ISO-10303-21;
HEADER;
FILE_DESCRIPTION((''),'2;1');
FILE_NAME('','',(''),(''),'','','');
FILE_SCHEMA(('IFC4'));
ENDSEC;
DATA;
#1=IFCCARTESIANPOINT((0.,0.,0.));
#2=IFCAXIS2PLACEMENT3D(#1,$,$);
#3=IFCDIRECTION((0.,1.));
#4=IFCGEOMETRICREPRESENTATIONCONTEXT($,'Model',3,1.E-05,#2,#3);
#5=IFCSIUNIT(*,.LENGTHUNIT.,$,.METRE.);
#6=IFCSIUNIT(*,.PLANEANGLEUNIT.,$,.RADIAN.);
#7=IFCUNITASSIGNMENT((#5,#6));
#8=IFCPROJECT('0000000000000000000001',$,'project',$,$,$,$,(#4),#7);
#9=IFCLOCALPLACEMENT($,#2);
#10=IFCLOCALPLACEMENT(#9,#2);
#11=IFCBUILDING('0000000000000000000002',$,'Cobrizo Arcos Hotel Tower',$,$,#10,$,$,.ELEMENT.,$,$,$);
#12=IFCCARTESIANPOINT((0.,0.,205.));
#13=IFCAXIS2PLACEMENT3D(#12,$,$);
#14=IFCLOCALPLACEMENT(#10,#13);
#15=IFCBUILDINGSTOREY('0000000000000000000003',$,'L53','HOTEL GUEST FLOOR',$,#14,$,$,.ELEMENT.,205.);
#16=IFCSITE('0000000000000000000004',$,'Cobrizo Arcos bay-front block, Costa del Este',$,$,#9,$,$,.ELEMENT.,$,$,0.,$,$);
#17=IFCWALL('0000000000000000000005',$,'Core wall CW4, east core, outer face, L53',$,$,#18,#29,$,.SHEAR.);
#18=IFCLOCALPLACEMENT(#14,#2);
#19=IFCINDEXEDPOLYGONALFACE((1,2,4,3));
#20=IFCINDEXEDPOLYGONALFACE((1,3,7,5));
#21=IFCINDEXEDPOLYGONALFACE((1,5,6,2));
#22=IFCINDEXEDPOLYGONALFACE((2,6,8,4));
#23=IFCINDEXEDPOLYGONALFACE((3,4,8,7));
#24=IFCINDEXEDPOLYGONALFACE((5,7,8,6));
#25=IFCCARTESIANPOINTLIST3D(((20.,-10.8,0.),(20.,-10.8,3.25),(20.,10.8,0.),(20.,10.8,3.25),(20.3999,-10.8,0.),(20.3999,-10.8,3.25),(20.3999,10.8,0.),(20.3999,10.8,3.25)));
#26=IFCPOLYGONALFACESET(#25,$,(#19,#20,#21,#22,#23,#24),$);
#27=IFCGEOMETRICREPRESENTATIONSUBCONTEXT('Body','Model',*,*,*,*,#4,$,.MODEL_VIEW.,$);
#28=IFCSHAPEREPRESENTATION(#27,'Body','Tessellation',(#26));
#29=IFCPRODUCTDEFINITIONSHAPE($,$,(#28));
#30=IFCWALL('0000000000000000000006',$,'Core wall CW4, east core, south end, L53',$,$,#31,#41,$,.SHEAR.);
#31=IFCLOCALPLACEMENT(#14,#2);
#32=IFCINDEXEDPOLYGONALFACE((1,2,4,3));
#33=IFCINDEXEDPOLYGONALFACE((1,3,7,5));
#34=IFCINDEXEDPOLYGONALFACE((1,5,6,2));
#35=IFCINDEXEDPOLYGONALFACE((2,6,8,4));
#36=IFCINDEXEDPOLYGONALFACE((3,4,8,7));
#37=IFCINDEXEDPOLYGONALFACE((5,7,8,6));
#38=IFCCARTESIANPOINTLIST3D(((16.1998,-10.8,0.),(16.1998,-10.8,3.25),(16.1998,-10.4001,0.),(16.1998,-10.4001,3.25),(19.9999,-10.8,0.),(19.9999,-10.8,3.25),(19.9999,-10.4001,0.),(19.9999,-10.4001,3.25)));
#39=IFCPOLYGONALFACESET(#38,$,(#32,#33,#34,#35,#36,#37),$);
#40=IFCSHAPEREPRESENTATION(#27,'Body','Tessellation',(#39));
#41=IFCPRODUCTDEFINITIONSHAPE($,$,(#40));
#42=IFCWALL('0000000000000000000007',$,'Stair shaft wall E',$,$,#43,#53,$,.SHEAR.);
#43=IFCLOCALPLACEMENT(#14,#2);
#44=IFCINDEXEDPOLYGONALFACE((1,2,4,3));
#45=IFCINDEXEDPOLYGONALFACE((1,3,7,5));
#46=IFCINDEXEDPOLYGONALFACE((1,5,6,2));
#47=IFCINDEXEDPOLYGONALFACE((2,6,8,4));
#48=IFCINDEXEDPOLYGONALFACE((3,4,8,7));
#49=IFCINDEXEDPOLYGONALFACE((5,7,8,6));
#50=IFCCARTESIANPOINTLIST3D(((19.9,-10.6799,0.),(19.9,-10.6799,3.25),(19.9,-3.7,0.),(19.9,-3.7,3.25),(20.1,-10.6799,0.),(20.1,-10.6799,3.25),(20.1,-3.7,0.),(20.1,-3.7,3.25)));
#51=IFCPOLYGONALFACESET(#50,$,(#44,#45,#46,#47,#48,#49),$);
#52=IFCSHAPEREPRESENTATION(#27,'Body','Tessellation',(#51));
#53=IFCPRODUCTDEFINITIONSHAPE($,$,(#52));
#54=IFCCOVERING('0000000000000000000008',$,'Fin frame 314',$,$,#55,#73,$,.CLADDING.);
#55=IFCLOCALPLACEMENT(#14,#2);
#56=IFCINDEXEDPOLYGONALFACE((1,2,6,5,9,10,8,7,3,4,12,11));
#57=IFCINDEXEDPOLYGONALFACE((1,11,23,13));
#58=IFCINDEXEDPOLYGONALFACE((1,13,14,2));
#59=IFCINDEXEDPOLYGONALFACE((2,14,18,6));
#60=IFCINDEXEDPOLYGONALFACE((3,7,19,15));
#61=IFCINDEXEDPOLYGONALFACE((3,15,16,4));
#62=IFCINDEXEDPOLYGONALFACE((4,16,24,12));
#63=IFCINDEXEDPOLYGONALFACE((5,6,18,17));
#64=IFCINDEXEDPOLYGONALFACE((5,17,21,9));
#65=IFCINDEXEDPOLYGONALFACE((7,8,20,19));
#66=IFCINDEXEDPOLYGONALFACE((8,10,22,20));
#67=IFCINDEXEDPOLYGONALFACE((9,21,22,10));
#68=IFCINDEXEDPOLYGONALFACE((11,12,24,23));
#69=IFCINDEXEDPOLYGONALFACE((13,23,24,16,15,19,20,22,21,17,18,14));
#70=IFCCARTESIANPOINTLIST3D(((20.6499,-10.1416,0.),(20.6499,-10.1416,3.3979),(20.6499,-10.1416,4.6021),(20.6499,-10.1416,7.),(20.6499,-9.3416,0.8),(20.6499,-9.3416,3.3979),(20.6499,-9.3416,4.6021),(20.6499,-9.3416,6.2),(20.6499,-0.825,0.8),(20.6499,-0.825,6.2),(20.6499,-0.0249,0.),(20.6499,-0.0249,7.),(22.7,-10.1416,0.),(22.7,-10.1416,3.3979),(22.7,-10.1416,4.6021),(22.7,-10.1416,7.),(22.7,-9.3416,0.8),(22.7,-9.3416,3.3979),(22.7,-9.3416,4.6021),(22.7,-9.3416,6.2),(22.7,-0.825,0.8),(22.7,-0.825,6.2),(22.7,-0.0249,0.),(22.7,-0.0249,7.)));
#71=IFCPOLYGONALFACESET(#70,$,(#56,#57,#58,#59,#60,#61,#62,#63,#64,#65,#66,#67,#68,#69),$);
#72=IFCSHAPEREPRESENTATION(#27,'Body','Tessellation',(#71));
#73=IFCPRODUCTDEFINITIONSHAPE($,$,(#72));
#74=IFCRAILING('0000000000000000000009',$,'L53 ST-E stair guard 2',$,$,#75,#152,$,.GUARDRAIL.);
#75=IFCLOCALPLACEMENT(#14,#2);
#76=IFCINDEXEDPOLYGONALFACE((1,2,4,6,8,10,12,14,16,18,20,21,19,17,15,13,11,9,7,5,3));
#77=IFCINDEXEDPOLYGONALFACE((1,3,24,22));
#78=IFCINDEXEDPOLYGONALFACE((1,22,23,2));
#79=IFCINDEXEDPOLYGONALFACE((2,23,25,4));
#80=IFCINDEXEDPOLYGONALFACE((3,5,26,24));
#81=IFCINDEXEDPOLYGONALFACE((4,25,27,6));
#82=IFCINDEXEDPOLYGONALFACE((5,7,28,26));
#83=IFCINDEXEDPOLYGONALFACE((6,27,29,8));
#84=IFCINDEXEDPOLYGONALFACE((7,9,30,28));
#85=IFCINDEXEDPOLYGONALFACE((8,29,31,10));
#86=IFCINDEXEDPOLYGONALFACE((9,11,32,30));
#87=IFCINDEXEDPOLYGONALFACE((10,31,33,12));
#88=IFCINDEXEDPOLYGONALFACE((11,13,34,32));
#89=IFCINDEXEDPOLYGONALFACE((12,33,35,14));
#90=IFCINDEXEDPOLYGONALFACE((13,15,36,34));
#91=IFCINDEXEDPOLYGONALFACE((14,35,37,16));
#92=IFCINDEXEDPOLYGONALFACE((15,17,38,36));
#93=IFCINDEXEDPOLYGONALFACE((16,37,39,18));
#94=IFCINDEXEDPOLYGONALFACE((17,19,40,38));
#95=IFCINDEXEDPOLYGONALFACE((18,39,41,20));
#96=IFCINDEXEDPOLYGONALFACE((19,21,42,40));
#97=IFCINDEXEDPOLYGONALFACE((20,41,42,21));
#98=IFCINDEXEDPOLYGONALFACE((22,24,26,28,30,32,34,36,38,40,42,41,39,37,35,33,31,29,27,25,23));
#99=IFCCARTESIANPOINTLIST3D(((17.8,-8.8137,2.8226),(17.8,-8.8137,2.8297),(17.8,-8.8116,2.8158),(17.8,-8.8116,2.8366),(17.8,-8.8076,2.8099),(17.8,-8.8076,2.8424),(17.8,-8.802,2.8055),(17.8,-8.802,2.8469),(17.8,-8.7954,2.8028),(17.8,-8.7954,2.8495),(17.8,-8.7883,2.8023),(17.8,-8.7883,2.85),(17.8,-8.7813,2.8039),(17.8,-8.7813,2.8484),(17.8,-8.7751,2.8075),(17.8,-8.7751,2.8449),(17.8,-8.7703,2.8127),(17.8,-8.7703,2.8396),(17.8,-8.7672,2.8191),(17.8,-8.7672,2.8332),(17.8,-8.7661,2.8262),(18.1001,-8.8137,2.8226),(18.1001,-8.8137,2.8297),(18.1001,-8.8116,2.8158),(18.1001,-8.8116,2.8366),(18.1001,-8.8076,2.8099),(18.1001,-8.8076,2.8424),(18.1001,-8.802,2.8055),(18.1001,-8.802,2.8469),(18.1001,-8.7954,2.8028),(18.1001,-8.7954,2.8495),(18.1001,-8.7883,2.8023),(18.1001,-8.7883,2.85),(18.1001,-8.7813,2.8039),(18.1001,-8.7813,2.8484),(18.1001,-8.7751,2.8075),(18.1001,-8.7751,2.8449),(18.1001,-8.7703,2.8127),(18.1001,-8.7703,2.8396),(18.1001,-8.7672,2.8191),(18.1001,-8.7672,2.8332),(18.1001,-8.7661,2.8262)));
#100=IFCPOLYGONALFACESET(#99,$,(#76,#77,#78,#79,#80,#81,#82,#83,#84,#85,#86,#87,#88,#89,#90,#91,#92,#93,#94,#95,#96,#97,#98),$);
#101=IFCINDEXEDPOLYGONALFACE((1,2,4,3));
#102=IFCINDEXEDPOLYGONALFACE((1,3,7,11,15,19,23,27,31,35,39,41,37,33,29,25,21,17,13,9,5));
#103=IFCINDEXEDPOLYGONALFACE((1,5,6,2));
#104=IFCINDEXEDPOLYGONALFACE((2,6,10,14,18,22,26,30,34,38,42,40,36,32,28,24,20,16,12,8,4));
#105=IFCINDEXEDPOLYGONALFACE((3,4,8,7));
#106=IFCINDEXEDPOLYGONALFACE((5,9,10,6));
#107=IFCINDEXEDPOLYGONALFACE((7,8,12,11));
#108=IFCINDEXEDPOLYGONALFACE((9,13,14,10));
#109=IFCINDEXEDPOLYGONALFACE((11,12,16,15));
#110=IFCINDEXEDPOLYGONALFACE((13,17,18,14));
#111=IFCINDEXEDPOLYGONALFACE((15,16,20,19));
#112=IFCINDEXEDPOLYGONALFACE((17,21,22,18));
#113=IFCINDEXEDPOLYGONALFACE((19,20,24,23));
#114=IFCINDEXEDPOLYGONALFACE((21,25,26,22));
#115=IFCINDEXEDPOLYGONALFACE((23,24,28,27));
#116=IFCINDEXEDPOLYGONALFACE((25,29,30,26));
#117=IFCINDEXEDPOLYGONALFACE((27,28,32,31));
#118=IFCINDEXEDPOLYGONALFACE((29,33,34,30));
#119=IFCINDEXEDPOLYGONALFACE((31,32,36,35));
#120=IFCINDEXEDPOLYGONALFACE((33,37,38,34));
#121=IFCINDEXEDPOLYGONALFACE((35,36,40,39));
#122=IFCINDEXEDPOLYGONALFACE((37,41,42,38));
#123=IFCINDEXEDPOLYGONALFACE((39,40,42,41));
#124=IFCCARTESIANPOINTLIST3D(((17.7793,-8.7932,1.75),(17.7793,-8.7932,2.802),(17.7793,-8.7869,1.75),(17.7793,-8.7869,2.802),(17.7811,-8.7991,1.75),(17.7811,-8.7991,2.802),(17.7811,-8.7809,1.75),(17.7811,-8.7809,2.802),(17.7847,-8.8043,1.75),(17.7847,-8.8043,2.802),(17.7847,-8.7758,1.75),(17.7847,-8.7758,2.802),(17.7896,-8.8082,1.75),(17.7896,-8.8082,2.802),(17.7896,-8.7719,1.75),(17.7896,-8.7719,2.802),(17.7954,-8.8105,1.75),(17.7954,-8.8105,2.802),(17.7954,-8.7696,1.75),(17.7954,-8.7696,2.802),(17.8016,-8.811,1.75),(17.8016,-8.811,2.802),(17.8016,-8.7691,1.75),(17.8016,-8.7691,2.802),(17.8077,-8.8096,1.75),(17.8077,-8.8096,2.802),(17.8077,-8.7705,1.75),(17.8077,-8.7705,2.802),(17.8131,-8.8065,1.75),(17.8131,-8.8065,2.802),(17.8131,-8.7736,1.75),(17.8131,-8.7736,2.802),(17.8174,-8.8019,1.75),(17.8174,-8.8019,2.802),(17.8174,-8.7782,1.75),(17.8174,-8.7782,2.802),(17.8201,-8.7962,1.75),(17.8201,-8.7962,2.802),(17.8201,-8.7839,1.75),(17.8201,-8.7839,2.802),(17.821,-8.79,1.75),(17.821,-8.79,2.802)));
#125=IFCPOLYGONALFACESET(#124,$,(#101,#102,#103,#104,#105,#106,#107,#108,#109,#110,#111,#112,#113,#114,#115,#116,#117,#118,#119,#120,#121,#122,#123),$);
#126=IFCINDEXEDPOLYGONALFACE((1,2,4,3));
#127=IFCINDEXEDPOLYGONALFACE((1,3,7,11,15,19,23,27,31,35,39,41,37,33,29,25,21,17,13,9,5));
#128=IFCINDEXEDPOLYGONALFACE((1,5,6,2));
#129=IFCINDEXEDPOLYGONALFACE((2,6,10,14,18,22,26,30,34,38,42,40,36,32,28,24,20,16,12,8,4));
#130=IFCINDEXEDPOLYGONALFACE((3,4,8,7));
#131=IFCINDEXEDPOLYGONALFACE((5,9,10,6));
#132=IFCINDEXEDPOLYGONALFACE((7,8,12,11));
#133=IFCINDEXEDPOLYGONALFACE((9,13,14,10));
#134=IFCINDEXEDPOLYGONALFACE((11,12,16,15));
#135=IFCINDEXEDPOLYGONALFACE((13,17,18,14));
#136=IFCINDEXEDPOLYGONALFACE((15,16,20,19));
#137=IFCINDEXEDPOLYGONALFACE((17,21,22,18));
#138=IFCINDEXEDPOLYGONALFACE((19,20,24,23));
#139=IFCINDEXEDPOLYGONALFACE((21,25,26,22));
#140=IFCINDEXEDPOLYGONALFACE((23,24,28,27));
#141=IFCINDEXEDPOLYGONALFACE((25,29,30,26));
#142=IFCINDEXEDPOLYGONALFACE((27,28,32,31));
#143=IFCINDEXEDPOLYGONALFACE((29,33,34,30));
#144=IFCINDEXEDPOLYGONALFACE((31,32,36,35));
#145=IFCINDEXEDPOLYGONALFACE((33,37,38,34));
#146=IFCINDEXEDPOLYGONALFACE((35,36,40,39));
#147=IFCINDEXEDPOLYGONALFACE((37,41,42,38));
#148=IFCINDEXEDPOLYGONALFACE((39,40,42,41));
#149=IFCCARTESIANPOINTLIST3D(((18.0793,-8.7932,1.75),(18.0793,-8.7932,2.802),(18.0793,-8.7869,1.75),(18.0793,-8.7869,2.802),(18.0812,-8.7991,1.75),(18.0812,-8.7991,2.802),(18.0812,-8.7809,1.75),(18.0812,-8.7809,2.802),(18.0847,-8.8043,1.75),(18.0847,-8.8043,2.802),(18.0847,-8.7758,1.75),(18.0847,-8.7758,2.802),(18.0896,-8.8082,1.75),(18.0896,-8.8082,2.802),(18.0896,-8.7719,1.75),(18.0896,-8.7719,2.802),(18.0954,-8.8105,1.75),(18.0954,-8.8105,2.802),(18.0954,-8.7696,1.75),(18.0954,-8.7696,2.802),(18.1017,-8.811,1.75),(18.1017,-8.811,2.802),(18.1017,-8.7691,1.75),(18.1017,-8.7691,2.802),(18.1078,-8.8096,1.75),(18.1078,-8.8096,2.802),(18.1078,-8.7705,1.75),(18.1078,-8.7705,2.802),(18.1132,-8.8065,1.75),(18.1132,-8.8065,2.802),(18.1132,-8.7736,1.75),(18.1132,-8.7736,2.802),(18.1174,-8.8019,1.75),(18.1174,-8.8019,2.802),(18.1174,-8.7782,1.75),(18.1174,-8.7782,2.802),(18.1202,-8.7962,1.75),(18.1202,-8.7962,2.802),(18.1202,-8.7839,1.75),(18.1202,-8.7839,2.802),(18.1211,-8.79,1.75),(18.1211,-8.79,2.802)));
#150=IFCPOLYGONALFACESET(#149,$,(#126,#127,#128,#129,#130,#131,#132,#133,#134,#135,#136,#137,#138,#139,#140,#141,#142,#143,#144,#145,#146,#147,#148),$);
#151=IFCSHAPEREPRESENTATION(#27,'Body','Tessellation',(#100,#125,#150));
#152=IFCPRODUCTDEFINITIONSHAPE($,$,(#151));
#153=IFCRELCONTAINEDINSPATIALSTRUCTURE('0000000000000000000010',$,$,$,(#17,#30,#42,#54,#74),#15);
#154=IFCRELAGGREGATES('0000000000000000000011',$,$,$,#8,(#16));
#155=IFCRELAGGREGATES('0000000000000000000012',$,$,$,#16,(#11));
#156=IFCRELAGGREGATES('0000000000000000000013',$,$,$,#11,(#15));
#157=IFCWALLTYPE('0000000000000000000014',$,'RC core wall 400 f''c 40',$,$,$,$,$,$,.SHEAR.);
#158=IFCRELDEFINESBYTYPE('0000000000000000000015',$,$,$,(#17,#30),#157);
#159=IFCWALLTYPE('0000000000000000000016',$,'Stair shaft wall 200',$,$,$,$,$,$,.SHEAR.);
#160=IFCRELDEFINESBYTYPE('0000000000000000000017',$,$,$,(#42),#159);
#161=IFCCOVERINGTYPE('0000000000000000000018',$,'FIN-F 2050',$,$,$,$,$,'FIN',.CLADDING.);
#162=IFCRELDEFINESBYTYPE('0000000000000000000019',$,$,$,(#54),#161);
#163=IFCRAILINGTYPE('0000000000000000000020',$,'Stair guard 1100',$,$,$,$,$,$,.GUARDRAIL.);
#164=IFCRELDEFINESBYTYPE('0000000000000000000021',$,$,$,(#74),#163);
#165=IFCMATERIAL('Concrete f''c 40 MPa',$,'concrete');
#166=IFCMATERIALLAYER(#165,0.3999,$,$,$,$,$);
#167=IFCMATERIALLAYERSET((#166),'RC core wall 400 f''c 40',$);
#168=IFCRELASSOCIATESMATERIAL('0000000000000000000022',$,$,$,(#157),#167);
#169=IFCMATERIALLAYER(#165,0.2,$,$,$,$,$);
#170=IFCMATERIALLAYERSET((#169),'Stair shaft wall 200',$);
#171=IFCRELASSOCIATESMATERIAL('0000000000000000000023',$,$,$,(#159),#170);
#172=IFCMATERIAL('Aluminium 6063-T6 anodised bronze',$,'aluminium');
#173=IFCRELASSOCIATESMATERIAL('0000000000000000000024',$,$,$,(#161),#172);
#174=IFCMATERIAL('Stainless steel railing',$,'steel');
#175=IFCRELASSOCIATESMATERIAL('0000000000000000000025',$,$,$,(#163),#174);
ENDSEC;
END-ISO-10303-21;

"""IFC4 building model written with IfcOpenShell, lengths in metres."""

from ifc_helpers import new_model, si_unit, direction, frame, frame_2d, origin, origin_2d, place, context, subcontext, project, spatial, polyline, rectangle, circle, outline, extrude, material, layer, layer_set, type_object, element, save


model = new_model("IFC4")

# Units and contexts
model_context = context("Model", 3, precision=1e-05, world=origin(), true_north=direction((0.0, 1.0)))
body_context = subcontext(model_context, "Body", "Model", "MODEL_VIEW")
ifc_project = project(units=[si_unit("LENGTHUNIT", "METRE"), si_unit("PLANEANGLEUNIT", "RADIAN")], contexts=[model_context])

# Site, building, storey
site_placement = place(None, origin())
site = spatial("IfcSite", under=ifc_project, at=site_placement, Name="Cobrizo Arcos bay-front block, Costa del Este", CompositionType="ELEMENT", RefElevation=0.0)
building_placement = place(site_placement, origin())
building = spatial("IfcBuilding", under=site, at=building_placement, Name="Cobrizo Arcos Hotel Tower", CompositionType="ELEMENT")
storey_placement = place(building_placement, frame((0.0, 0.0, 205.0)))
storey = spatial("IfcBuildingStorey", under=building, at=storey_placement, Name="L53", Description="HOTEL GUEST FLOOR", CompositionType="ELEMENT", Elevation=205.0)

# Shared definitions
ifc_material_1 = material(Name="Aluminium 6063-T6 anodised bronze", Category="aluminium")

# Shared definitions
ifc_material_2 = material(Name="Concrete f'c 40 MPa", Category="concrete")
ifc_layer_1 = layer(ifc_material_2, 0.3999)
ifc_layer_set_1 = layer_set([ifc_layer_1], Name="RC core wall 400 f'c 40")
wall_type_1 = type_object("IfcWallType", Name="RC core wall 400 f'c 40", PredefinedType="SHEAR", material=ifc_layer_set_1)

# Walls
wall_1_placement = place(storey_placement, frame((20.2, -10.8, 0.0), z_axis=(0.0, 0.0, 1.0), x_axis=(0.0, 1.0, 0.0)))
element("IfcWall", 1, at=wall_1_placement, inside=storey, type_object=wall_type_1, Name="Core wall CW4, east core, outer face, L53", PredefinedType="SHEAR", context=body_context, shape_type="SweptSolid", body=[
    extrude(rectangle(XDim=21.6001, YDim=0.3999, at=frame_2d((10.8, 0.0))), origin(), (0.0, 0.0, 1.0), 3.25),
])
wall_2_placement = place(storey_placement, frame((16.2, -10.6001, 0.0), z_axis=(0.0, 0.0, 1.0), x_axis=(1.0, 0.0, 0.0)))
element("IfcWall", 2, at=wall_2_placement, inside=storey, type_object=wall_type_1, Name="Core wall CW4, east core, south end, L53", PredefinedType="SHEAR", context=body_context, shape_type="SweptSolid", body=[
    extrude(rectangle(XDim=3.8, YDim=0.3999, at=frame_2d((1.8999, 0.0))), origin(), (0.0, 0.0, 1.0), 3.25),
])
ifc_layer_2 = layer(ifc_material_2, 0.2)
ifc_layer_set_2 = layer_set([ifc_layer_2], Name="Stair shaft wall 200")
wall_type_2 = type_object("IfcWallType", Name="Stair shaft wall 200", PredefinedType="SHEAR", material=ifc_layer_set_2)
wall_3_placement = place(storey_placement, frame((20.0, -10.6799, 0.0), z_axis=(0.0, 0.0, 1.0), x_axis=(0.0, 1.0, 0.0)))
element("IfcWall", 3, at=wall_3_placement, inside=storey, type_object=wall_type_2, Name="Stair shaft wall E", PredefinedType="SHEAR", context=body_context, shape_type="SweptSolid", body=[
    extrude(rectangle(XDim=6.98, YDim=0.2, at=frame_2d((3.49, 0.0))), origin(), (0.0, 0.0, 1.0), 3.25),
])

# Covering
covering_type = type_object("IfcCoveringType", Name="FIN-F 2050", ElementType="FIN", PredefinedType="CLADDING", material=ifc_material_1)
covering_placement = place(storey_placement, frame((20.6499, -10.1416, 0.0), z_axis=(1.0, 0.0, 0.0), x_axis=(0.0, 1.0, 0.0)))
element("IfcCovering", 4, at=covering_placement, inside=storey, type_object=covering_type, Name="Fin frame 314", PredefinedType="CLADDING", context=body_context, shape_type="SweptSolid", body=[
    extrude(outline(polyline([(0.0, 7.0), (0.0, 4.6021), (0.8, 4.6021), (0.8, 6.2), (9.3167, 6.2), (9.3167, 0.8), (0.8, 0.8), (0.8, 3.3979), (0.0, 3.3979), (0.0, 0.0), (10.1167, 0.0), (10.1167, 7.0), (0.0, 7.0)])), origin(), (0.0, 0.0, 1.0), 2.05),
])

# Railing
ifc_material_3 = material(Name="Stainless steel railing", Category="steel")
railing_type = type_object("IfcRailingType", Name="Stair guard 1100", PredefinedType="GUARDRAIL", material=ifc_material_3)
railing_1_placement = place(storey_placement, frame((17.8, -8.79, 1.75)))
element("IfcRailing", 5, at=railing_1_placement, inside=storey, type_object=railing_type, Name="L53 ST-E stair guard 2", PredefinedType="GUARDRAIL", context=body_context, shape_type="SweptSolid", body=[
    extrude(circle(Radius=0.0239, at=origin_2d()), frame((0.0, 0.0, 1.0762), z_axis=(1.0, 0.0, 0.0), x_axis=(0.0, 1.0, 0.0)), (0.0, 0.0, 1.0), 0.3),
    extrude(circle(Radius=0.021, at=origin_2d()), origin(), (0.0, 0.0, 1.0), 1.052),
    extrude(circle(Radius=0.021, at=origin_2d()), frame((0.3, 0.0, 0.0)), (0.0, 0.0, 1.0), 1.052),
])

save(model, "model.ifc")
